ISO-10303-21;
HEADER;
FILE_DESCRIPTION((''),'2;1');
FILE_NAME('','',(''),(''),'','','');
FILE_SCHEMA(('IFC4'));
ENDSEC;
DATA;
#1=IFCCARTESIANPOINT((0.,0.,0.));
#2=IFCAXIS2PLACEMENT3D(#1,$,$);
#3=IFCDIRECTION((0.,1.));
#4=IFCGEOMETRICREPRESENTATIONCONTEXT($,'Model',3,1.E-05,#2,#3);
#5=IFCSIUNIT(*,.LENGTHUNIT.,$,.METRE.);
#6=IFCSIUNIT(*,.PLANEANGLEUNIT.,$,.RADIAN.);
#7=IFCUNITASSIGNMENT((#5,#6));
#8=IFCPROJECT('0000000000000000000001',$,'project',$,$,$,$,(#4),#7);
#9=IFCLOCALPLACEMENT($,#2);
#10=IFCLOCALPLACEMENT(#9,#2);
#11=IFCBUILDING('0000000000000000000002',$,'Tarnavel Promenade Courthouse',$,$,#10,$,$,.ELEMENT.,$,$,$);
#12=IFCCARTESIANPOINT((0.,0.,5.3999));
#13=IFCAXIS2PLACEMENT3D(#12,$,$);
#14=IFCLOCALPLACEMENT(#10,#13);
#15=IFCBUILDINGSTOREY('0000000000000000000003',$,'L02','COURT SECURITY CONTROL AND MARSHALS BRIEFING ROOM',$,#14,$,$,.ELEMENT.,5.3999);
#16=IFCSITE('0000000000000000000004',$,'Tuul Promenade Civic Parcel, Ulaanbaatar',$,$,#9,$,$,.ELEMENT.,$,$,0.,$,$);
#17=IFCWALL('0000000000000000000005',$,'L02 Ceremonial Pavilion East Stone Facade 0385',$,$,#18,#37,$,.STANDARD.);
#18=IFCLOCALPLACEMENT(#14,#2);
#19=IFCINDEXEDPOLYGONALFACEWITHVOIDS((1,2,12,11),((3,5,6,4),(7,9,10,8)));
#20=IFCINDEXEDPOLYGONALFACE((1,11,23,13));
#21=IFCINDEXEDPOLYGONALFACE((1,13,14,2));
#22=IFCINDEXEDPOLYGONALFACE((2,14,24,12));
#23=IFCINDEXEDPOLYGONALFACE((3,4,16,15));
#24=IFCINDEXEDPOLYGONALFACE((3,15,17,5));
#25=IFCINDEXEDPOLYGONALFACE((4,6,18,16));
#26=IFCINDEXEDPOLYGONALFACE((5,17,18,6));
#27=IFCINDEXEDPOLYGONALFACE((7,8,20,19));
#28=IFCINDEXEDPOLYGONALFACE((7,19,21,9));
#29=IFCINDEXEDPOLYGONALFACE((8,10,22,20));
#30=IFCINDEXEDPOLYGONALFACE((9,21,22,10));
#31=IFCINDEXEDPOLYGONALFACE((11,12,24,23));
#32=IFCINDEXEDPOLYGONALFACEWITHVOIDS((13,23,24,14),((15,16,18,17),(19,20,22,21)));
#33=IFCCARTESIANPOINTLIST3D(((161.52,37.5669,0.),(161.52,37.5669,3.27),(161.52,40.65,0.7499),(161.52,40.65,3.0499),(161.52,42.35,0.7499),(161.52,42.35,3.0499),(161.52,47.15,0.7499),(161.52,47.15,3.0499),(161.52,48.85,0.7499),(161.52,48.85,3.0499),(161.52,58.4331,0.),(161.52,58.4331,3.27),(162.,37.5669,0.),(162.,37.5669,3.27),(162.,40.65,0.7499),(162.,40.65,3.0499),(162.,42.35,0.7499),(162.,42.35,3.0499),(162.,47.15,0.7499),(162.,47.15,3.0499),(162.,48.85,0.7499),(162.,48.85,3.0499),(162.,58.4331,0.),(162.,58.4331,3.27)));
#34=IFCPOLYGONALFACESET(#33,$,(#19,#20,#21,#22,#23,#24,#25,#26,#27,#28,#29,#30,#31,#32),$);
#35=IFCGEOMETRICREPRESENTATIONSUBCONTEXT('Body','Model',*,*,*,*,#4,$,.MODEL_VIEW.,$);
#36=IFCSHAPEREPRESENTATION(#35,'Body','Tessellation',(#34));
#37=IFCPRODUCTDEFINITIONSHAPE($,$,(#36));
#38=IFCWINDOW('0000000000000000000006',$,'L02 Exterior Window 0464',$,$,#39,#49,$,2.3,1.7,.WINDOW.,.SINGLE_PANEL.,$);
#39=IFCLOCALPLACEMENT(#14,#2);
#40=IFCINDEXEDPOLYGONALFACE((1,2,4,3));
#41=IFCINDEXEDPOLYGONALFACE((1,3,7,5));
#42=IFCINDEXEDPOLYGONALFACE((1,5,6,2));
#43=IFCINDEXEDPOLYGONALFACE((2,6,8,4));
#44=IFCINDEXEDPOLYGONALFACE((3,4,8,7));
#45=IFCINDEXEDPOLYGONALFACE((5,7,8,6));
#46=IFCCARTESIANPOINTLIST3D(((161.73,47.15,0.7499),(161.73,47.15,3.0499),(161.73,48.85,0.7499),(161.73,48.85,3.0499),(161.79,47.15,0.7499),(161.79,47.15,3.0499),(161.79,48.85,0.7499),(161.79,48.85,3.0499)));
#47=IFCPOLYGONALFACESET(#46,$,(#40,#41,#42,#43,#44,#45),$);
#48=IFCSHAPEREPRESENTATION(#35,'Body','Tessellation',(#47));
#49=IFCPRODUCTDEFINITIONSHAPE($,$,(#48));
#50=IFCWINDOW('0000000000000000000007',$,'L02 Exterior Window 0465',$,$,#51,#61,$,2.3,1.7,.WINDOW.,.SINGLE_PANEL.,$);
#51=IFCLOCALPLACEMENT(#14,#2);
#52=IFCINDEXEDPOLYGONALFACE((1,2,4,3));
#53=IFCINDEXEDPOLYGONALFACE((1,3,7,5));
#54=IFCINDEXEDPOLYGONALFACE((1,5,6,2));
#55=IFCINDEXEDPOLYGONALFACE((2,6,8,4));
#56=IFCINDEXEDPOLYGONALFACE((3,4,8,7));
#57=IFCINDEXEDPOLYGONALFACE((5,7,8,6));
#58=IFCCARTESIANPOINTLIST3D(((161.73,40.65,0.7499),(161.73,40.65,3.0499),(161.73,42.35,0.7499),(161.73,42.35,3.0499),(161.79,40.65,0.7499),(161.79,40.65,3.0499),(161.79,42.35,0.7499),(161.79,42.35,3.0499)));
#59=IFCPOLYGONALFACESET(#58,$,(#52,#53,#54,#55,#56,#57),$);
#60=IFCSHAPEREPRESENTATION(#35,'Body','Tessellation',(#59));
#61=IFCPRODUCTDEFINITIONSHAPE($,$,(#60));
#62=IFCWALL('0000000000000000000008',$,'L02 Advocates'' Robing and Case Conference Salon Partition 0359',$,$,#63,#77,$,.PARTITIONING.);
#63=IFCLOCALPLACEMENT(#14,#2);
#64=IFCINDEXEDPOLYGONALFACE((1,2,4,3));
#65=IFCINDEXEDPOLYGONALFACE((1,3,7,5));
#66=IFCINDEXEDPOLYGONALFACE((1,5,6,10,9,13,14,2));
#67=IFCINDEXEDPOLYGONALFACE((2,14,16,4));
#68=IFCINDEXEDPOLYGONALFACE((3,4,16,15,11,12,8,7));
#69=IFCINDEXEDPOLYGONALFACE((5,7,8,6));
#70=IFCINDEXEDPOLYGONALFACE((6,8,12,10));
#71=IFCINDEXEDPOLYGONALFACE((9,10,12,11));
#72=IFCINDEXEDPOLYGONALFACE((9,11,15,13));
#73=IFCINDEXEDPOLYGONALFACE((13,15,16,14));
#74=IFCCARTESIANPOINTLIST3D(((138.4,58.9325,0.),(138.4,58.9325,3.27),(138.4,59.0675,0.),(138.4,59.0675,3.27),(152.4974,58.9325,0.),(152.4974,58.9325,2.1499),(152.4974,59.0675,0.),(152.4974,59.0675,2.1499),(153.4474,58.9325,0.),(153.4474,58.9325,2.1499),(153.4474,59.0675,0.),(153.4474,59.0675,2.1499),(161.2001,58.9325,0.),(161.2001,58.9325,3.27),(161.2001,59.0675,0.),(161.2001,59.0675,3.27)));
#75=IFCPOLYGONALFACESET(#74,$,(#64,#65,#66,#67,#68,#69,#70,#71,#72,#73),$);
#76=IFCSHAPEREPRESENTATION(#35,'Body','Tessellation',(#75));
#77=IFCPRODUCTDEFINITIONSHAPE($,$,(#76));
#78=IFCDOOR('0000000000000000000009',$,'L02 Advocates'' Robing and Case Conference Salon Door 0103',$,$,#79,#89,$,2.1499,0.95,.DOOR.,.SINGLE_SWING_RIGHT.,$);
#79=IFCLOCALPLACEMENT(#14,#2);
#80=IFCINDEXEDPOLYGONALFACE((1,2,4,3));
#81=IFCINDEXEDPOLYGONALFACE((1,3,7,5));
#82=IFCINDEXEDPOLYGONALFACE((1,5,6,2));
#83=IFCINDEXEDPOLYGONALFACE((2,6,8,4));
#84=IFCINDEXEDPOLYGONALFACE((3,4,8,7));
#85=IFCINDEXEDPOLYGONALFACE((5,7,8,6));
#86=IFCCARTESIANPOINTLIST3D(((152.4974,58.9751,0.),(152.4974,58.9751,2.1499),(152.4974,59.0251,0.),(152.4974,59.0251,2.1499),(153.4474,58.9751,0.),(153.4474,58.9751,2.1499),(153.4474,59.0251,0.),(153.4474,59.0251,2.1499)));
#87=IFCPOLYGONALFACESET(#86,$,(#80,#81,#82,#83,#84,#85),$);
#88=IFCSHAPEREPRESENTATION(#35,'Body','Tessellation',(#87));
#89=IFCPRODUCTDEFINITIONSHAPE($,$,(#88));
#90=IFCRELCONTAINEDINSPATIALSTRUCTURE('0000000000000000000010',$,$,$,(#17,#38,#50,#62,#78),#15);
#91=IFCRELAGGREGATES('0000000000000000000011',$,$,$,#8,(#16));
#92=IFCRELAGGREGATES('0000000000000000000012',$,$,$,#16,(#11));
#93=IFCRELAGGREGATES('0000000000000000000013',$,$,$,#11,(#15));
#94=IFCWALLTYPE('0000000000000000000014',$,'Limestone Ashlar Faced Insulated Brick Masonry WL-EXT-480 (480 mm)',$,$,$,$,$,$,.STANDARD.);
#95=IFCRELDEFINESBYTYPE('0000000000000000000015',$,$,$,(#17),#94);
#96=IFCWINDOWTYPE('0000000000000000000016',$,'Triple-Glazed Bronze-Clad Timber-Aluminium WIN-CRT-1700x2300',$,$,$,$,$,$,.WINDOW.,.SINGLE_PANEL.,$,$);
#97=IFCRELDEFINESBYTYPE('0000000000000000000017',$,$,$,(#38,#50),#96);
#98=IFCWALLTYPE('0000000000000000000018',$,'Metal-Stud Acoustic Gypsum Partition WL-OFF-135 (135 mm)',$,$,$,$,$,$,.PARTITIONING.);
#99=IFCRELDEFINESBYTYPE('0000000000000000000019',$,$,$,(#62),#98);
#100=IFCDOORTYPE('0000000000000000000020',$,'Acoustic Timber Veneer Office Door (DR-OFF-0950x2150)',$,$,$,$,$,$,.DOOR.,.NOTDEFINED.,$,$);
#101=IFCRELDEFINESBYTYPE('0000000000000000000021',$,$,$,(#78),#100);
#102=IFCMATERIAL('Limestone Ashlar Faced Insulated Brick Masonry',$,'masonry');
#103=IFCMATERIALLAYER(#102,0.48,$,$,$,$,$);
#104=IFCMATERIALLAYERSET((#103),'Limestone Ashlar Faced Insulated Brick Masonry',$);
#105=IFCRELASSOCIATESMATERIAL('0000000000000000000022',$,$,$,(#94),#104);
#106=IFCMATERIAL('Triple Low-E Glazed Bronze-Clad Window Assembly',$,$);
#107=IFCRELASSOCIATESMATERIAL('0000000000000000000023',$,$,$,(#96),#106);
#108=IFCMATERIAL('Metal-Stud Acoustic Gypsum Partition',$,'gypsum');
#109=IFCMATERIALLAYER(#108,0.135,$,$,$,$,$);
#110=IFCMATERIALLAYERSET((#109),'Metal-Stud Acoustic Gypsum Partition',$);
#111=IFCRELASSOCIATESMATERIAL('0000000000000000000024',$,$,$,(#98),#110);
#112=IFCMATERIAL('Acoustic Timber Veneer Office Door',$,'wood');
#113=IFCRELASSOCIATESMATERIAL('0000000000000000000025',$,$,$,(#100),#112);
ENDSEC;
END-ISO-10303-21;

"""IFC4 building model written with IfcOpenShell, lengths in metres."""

from ifc_helpers import new_model, si_unit, direction, frame, frame_2d, origin, place, context, subcontext, project, spatial, rectangle, extrude, material, layer, layer_set, type_object, element, fill, save


model = new_model("IFC4")

# Units and contexts
model_context = context("Model", 3, precision=1e-05, world=origin(), true_north=direction((0.0, 1.0)))
body_context = subcontext(model_context, "Body", "Model", "MODEL_VIEW")
ifc_project = project(units=[si_unit("LENGTHUNIT", "METRE"), si_unit("PLANEANGLEUNIT", "RADIAN")], contexts=[model_context])

# Site, building, storey
site_placement = place(None, origin())
site = spatial("IfcSite", under=ifc_project, at=site_placement, Name="Tuul Promenade Civic Parcel, Ulaanbaatar", CompositionType="ELEMENT", RefElevation=0.0)
building_placement = place(site_placement, origin())
building = spatial("IfcBuilding", under=site, at=building_placement, Name="Tarnavel Promenade Courthouse", CompositionType="ELEMENT")
storey_placement = place(building_placement, frame((0.0, 0.0, 5.3999)))
storey = spatial("IfcBuildingStorey", under=building, at=storey_placement, Name="L02", Description="COURT SECURITY CONTROL AND MARSHALS BRIEFING ROOM", CompositionType="ELEMENT", Elevation=5.3999)

# Wall, openings, windows
ifc_material_1 = material(Name="Limestone Ashlar Faced Insulated Brick Masonry", Category="masonry")
ifc_layer_1 = layer(ifc_material_1, 0.48)
ifc_layer_set_1 = layer_set([ifc_layer_1], Name="Limestone Ashlar Faced Insulated Brick Masonry")
wall_type_1 = type_object("IfcWallType", Name="Limestone Ashlar Faced Insulated Brick Masonry WL-EXT-480 (480 mm)", PredefinedType="STANDARD", material=ifc_layer_set_1)
wall_1_placement = place(storey_placement, frame((161.76, 58.4331, 0.0), z_axis=(0.0, 0.0, 1.0), x_axis=(0.0, -1.0, 0.0)))
wall_1 = element("IfcWall", 1, at=wall_1_placement, inside=storey, type_object=wall_type_1, Name="L02 Ceremonial Pavilion East Stone Facade 0385", PredefinedType="STANDARD", context=body_context, shape_type="SweptSolid", body=[
    extrude(rectangle(XDim=20.8662, YDim=0.48, at=frame_2d((10.4331, 0.0))), origin(), (0.0, 0.0, 1.0), 3.27),
])
opening_1_placement = place(wall_1_placement, frame((9.583, 0.0, 0.75)))
opening_1 = element("IfcOpeningElement", 2, at=opening_1_placement, cuts=wall_1, PredefinedType="OPENING", context=body_context, shape_type="SweptSolid", body=[
    extrude(rectangle(XDim=1.7, YDim=2.3, at=frame_2d((0.8501, 1.1499))), frame((0.0, 0.25, 0.0), z_axis=(0.0, -1.0, 0.0), x_axis=(1.0, 0.0, 0.0)), (0.0, 0.0, 1.0), 0.5),
])
opening_2_placement = place(wall_1_placement, frame((16.083, 0.0, 0.75)))
opening_2 = element("IfcOpeningElement", 3, at=opening_2_placement, cuts=wall_1, PredefinedType="OPENING", context=body_context, shape_type="SweptSolid", body=[
    extrude(rectangle(XDim=1.7, YDim=2.3, at=frame_2d((0.8501, 1.1499))), frame((0.0, 0.25, 0.0), z_axis=(0.0, -1.0, 0.0), x_axis=(1.0, 0.0, 0.0)), (0.0, 0.0, 1.0), 0.5),
])
ifc_material_2 = material(Name="Triple Low-E Glazed Bronze-Clad Window Assembly")
window_type = type_object("IfcWindowType", Name="Triple-Glazed Bronze-Clad Timber-Aluminium WIN-CRT-1700x2300", PartitioningType="SINGLE_PANEL", PredefinedType="WINDOW", material=ifc_material_2)
window_1_placement = place(opening_1_placement, origin())
window_1 = element("IfcWindow", 4, at=window_1_placement, inside=storey, type_object=window_type, Name="L02 Exterior Window 0464", OverallHeight=2.3, OverallWidth=1.7, PartitioningType="SINGLE_PANEL", PredefinedType="WINDOW", context=body_context, shape_type="SweptSolid", body=[
    extrude(rectangle(XDim=1.7, YDim=2.3, at=frame_2d((0.8501, 1.1499))), frame((0.0, 0.03, 0.0), z_axis=(0.0, -1.0, 0.0), x_axis=(1.0, 0.0, 0.0)), (0.0, 0.0, 1.0), 0.0601),
])
fill(opening_1, window_1)
window_2_placement = place(opening_2_placement, origin())
window_2 = element("IfcWindow", 5, at=window_2_placement, inside=storey, type_object=window_type, Name="L02 Exterior Window 0465", OverallHeight=2.3, OverallWidth=1.7, PartitioningType="SINGLE_PANEL", PredefinedType="WINDOW", context=body_context, shape_type="SweptSolid", body=[
    extrude(rectangle(XDim=1.7, YDim=2.3, at=frame_2d((0.8501, 1.1499))), frame((0.0, 0.03, 0.0), z_axis=(0.0, -1.0, 0.0), x_axis=(1.0, 0.0, 0.0)), (0.0, 0.0, 1.0), 0.0601),
])
fill(opening_2, window_2)

# Wall, opening, door
ifc_material_3 = material(Name="Metal-Stud Acoustic Gypsum Partition", Category="gypsum")
ifc_layer_2 = layer(ifc_material_3, 0.135)
ifc_layer_set_2 = layer_set([ifc_layer_2], Name="Metal-Stud Acoustic Gypsum Partition")
wall_type_2 = type_object("IfcWallType", Name="Metal-Stud Acoustic Gypsum Partition WL-OFF-135 (135 mm)", PredefinedType="PARTITIONING", material=ifc_layer_set_2)
wall_2_placement = place(storey_placement, frame((161.2, 59.0, 0.0), z_axis=(0.0, 0.0, 1.0), x_axis=(-1.0, 0.0, 0.0)))
wall_2 = element("IfcWall", 6, at=wall_2_placement, inside=storey, type_object=wall_type_2, Name="L02 Advocates' Robing and Case Conference Salon Partition 0359", PredefinedType="PARTITIONING", context=body_context, shape_type="SweptSolid", body=[
    extrude(rectangle(XDim=22.8, YDim=0.135, at=frame_2d((11.3999, 0.0))), origin(), (0.0, 0.0, 1.0), 3.27),
])
opening_3_placement = place(wall_2_placement, frame((7.7524, 0.0, 0.0)))
opening_3 = element("IfcOpeningElement", 7, at=opening_3_placement, cuts=wall_2, PredefinedType="OPENING", context=body_context, shape_type="SweptSolid", body=[
    extrude(rectangle(XDim=0.95, YDim=2.1499, at=frame_2d((0.4751, 1.075))), frame((0.0, 0.0774, 0.0), z_axis=(0.0, -1.0, 0.0), x_axis=(1.0, 0.0, 0.0)), (0.0, 0.0, 1.0), 0.155),
])
ifc_material_4 = material(Name="Acoustic Timber Veneer Office Door", Category="wood")
door_type = type_object("IfcDoorType", Name="Acoustic Timber Veneer Office Door (DR-OFF-0950x2150)", OperationType="NOTDEFINED", PredefinedType="DOOR", material=ifc_material_4)
door_placement = place(opening_3_placement, origin())
door = element("IfcDoor", 8, at=door_placement, inside=storey, type_object=door_type, Name="L02 Advocates' Robing and Case Conference Salon Door 0103", OperationType="SINGLE_SWING_RIGHT", OverallHeight=2.1499, OverallWidth=0.95, PredefinedType="DOOR", context=body_context, shape_type="SweptSolid", body=[
    extrude(rectangle(XDim=0.95, YDim=2.1499, at=frame_2d((0.4751, 1.075))), frame((0.0, 0.0249, 0.0), z_axis=(0.0, -1.0, 0.0), x_axis=(1.0, 0.0, 0.0)), (0.0, 0.0, 1.0), 0.05),
])
fill(opening_3, door)

save(model, "model.ifc")
